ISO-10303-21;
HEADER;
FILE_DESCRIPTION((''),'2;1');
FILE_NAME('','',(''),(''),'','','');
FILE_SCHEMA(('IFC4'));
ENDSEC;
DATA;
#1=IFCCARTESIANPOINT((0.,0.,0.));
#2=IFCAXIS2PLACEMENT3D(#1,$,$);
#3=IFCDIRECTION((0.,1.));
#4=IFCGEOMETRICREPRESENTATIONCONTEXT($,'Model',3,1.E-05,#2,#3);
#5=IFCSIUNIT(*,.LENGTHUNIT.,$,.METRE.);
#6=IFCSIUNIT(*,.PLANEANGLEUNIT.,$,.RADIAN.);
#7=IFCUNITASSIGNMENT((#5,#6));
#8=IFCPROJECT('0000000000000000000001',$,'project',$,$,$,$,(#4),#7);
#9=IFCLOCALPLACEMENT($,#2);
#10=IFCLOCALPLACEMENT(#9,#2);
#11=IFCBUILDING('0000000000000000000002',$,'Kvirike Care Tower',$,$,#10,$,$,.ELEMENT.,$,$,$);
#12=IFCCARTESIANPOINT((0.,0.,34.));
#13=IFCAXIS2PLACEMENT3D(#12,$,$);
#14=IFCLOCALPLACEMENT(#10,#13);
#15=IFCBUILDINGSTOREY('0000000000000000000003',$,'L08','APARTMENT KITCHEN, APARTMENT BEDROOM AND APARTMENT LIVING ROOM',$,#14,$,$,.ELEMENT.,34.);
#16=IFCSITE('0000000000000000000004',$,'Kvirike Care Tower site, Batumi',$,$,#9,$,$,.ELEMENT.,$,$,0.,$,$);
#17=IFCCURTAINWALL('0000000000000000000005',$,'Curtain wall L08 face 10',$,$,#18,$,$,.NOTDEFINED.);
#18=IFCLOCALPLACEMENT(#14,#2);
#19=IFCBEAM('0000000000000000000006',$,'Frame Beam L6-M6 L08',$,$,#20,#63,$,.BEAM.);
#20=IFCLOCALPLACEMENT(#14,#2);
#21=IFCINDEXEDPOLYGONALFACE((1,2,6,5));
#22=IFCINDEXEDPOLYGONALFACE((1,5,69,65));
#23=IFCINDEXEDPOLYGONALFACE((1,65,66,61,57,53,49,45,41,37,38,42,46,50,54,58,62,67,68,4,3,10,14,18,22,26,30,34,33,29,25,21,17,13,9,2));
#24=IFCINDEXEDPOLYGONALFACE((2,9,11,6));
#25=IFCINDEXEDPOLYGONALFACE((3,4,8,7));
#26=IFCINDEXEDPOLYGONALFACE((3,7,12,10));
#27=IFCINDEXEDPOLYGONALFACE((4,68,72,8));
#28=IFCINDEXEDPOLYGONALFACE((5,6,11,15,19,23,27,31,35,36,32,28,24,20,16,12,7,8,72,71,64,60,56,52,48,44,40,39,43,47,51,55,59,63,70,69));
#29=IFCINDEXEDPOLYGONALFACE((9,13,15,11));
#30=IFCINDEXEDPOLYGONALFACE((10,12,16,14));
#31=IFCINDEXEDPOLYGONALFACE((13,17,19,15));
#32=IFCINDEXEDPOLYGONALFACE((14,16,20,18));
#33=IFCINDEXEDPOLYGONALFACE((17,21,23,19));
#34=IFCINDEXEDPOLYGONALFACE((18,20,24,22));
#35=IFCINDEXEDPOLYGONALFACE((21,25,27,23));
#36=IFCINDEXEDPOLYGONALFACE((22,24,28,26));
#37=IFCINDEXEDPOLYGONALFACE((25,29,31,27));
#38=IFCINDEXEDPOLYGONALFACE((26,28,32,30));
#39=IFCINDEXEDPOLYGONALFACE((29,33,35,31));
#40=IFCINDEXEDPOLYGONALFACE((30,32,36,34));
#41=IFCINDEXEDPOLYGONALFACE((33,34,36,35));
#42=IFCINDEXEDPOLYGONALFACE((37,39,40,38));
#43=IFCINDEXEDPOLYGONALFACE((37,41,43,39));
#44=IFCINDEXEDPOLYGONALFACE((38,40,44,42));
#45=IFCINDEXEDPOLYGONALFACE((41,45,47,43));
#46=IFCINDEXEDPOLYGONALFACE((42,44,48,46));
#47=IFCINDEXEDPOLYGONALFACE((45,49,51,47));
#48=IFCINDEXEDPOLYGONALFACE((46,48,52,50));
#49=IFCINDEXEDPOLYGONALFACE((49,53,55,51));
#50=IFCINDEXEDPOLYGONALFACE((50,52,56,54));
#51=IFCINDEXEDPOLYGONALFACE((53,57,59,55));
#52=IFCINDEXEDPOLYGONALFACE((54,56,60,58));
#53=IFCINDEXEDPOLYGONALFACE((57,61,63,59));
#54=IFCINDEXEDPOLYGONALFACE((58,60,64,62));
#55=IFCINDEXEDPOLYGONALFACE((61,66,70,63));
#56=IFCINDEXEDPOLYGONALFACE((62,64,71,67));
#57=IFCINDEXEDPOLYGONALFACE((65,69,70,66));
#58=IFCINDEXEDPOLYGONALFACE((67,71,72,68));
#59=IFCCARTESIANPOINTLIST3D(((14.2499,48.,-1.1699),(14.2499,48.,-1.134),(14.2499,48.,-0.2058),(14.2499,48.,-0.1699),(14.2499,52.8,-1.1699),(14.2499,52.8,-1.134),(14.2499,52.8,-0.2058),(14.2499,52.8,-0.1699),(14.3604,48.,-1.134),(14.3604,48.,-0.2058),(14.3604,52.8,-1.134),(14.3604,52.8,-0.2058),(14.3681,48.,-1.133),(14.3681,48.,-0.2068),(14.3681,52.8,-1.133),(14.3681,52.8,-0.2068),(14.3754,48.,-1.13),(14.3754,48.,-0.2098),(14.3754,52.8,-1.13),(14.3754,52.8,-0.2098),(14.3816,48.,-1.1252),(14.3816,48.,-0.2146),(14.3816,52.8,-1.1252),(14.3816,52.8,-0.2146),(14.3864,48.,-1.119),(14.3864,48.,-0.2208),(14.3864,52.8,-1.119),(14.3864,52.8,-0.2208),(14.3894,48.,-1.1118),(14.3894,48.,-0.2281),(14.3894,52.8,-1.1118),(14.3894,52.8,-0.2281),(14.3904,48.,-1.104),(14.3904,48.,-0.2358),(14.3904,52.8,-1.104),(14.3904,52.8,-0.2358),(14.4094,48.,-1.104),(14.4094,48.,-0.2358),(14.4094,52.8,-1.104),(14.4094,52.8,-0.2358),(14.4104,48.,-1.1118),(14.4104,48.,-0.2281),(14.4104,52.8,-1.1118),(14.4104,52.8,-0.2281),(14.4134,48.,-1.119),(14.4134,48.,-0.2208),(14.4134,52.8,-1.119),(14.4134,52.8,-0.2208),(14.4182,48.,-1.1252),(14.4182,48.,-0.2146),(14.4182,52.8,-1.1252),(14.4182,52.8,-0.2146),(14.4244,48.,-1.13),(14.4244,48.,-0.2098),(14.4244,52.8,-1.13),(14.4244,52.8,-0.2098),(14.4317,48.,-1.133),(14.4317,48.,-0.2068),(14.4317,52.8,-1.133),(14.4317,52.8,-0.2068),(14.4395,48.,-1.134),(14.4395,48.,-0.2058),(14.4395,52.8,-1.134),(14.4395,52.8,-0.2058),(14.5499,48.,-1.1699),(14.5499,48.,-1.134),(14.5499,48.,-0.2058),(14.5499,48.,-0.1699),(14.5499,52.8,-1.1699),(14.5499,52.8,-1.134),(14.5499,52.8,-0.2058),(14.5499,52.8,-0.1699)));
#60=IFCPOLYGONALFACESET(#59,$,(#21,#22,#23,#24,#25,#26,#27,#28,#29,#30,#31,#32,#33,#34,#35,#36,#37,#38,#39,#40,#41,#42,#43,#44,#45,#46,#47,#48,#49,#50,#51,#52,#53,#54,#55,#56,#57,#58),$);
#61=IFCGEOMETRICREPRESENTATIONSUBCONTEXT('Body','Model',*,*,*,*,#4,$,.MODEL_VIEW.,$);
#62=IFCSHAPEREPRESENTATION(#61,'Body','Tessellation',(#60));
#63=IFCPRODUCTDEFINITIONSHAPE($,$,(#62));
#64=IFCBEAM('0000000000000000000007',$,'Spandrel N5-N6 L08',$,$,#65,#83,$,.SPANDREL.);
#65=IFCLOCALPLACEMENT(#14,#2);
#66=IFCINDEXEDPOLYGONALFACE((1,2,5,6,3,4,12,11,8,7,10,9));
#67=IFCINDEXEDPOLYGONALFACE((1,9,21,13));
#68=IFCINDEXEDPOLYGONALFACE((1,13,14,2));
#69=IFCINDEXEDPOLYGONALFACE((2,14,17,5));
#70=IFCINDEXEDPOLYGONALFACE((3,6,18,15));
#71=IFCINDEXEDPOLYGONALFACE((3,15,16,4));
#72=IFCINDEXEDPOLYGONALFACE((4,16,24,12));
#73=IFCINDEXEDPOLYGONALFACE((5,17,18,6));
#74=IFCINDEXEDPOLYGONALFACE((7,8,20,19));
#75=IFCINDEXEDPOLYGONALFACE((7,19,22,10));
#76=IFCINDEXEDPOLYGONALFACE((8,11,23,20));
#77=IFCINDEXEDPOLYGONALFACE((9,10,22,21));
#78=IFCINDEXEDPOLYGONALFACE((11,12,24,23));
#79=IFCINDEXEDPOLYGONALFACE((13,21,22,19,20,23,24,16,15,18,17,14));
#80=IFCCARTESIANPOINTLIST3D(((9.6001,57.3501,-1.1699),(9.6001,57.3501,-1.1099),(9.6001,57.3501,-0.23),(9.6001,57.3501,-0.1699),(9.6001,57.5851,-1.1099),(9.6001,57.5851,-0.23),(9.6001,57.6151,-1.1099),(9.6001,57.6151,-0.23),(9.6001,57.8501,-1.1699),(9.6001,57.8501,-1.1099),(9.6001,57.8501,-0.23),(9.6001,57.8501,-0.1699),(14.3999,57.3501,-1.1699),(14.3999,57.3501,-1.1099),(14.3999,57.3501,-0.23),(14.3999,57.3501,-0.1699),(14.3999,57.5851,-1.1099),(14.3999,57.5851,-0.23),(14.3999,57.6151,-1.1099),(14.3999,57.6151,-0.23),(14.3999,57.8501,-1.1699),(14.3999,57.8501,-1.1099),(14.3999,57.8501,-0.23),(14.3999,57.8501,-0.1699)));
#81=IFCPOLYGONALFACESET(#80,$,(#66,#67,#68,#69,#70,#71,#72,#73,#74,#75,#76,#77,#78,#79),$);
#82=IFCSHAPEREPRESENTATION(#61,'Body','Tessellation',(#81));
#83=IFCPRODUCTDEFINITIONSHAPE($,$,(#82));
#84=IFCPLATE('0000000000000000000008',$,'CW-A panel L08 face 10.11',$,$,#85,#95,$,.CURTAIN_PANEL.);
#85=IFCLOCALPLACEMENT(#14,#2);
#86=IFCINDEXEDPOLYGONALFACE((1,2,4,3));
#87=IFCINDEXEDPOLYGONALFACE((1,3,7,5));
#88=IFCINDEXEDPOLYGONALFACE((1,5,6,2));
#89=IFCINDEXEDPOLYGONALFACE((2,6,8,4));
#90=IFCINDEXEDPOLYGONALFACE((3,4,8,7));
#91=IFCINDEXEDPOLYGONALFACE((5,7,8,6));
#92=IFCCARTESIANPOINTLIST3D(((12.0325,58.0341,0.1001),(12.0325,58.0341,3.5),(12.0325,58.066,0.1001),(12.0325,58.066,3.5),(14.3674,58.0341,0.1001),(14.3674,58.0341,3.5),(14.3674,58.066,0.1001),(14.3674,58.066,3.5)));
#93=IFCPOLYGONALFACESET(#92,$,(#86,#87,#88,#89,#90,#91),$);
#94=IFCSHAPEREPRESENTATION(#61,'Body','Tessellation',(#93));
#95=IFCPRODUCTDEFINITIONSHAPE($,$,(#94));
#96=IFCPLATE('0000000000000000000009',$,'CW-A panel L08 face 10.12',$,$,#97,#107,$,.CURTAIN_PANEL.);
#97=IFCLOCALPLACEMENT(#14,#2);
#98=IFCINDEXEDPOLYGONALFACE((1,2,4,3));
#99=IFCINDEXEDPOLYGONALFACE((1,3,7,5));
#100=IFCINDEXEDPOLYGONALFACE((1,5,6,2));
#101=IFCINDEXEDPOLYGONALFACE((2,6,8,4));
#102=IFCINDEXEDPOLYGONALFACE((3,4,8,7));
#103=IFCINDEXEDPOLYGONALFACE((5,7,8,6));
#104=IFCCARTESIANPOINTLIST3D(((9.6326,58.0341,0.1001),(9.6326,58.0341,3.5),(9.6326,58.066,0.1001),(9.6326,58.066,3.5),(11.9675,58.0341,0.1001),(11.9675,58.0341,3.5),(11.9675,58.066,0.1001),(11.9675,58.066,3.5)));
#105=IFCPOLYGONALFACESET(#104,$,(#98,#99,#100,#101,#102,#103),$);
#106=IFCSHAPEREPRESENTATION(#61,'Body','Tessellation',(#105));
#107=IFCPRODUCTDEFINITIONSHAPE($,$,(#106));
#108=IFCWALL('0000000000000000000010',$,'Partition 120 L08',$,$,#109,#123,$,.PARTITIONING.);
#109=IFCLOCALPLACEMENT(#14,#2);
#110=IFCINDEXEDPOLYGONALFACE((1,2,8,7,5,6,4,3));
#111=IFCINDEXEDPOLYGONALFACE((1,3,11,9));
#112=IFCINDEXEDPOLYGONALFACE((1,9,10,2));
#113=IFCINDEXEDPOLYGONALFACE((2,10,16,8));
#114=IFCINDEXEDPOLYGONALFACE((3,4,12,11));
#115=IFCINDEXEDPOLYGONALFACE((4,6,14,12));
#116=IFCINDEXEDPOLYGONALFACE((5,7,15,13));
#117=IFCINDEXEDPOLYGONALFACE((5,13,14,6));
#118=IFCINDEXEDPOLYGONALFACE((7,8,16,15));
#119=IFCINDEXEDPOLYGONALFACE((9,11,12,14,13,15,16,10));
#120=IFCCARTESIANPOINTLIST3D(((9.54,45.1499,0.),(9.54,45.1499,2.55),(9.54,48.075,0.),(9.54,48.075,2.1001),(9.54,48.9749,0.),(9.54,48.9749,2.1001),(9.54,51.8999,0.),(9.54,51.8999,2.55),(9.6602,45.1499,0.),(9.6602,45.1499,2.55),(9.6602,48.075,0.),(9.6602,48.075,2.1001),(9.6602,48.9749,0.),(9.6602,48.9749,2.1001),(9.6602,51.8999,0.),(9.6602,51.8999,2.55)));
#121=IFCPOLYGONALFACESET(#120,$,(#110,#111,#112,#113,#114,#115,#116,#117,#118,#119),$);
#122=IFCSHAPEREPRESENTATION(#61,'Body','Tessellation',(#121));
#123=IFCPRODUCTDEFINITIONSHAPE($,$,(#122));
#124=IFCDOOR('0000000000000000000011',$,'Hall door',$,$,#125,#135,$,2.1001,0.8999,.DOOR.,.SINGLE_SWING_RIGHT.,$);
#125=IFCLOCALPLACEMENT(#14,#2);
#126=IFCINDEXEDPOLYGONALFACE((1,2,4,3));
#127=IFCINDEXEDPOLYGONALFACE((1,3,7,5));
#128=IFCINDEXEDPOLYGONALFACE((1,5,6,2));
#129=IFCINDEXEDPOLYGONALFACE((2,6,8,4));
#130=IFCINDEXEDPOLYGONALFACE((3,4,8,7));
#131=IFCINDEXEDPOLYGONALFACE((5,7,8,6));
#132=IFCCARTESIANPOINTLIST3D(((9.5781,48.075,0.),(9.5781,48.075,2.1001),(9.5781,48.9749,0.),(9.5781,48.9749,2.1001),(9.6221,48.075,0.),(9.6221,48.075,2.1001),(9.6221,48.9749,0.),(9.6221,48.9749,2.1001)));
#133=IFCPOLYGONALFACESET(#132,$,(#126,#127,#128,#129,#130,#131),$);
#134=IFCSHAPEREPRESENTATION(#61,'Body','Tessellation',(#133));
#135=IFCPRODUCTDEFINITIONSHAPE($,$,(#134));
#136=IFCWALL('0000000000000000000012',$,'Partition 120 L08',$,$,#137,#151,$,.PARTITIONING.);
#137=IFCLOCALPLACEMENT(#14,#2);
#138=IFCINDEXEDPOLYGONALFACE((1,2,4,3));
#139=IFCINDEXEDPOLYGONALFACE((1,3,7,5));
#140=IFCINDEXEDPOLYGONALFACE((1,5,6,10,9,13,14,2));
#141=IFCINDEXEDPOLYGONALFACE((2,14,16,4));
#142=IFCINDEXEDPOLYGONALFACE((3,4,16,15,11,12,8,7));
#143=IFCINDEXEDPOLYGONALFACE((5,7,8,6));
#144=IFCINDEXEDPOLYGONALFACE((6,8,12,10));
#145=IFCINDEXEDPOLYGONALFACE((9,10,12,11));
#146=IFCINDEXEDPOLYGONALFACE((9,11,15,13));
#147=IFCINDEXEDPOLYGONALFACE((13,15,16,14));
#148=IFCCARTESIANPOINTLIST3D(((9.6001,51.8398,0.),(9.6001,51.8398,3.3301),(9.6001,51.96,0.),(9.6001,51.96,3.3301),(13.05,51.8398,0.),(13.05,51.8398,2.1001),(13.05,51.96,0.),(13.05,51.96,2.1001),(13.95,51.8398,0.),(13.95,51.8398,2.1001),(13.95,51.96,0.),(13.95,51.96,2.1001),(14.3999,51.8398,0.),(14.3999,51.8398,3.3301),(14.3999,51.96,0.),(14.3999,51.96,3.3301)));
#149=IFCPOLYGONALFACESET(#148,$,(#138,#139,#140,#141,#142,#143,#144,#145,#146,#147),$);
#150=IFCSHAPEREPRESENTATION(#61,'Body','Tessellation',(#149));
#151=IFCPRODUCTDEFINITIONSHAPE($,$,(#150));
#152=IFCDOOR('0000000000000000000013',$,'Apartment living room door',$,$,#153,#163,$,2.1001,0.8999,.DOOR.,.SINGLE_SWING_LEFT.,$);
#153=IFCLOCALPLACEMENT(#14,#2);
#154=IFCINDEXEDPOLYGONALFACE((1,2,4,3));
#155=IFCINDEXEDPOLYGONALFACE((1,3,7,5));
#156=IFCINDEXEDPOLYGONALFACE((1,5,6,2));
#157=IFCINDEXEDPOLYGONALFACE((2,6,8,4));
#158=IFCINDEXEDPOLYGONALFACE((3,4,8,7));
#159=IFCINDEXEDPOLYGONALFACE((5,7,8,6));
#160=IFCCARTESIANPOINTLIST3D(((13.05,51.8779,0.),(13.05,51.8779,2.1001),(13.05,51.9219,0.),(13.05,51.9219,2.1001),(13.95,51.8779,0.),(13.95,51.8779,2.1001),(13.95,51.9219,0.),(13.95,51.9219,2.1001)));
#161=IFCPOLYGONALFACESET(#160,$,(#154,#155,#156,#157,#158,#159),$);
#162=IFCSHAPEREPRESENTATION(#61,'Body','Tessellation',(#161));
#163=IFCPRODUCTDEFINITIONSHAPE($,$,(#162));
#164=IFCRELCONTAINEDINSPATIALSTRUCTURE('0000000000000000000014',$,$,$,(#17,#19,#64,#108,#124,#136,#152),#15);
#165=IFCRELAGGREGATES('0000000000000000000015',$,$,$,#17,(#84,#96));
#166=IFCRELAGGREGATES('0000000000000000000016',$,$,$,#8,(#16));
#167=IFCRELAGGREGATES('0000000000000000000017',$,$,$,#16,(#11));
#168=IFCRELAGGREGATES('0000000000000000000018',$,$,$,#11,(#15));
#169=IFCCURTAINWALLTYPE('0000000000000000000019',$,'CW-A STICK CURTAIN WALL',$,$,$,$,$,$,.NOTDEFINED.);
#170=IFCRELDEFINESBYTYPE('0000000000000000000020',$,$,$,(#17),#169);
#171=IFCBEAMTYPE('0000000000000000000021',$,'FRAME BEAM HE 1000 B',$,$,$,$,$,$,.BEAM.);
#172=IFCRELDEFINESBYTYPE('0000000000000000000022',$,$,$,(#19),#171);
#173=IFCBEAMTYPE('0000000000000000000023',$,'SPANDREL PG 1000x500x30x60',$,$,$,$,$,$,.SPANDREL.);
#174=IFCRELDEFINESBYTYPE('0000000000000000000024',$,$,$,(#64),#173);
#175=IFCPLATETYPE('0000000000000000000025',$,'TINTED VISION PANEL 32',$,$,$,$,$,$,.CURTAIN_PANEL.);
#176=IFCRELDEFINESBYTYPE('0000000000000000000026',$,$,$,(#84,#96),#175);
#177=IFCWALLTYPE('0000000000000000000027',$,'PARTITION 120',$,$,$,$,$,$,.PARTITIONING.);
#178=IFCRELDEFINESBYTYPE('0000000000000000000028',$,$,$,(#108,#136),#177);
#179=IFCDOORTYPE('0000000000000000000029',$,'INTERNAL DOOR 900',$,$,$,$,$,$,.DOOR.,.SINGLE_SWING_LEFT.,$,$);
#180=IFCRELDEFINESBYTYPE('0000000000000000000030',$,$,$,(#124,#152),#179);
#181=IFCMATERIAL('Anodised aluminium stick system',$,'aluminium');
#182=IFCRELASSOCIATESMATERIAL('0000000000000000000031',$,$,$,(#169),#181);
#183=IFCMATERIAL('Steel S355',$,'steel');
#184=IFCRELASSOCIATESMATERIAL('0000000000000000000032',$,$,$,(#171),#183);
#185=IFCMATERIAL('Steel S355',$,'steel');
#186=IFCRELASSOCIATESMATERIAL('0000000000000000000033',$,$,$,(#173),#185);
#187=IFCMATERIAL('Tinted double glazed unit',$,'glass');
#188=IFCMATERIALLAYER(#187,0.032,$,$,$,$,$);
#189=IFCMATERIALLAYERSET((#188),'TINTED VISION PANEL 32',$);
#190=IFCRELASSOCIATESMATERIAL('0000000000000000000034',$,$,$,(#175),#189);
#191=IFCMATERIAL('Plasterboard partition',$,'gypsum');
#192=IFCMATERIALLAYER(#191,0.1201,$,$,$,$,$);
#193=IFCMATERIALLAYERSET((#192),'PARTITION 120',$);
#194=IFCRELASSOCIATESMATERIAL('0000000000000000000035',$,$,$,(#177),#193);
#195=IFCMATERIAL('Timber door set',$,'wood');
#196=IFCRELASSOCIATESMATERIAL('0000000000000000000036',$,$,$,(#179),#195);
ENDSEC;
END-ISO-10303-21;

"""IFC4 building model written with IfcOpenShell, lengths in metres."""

from ifc_helpers import new_model, si_unit, direction, frame, frame_2d, origin, origin_2d, place, context, subcontext, project, spatial, rectangle, i_section, extrude, material, layer, layer_set, material_profile, profile_set, type_object, element, fill, aggregate, save


model = new_model("IFC4")

# Units and contexts
model_context = context("Model", 3, precision=1e-05, world=origin(), true_north=direction((0.0, 1.0)))
body_context = subcontext(model_context, "Body", "Model", "MODEL_VIEW")
ifc_project = project(units=[si_unit("LENGTHUNIT", "METRE"), si_unit("PLANEANGLEUNIT", "RADIAN")], contexts=[model_context])

# Site, building, storey
site_placement = place(None, origin())
site = spatial("IfcSite", under=ifc_project, at=site_placement, Name="Kvirike Care Tower site, Batumi", CompositionType="ELEMENT", RefElevation=0.0)
building_placement = place(site_placement, origin())
building = spatial("IfcBuilding", under=site, at=building_placement, Name="Kvirike Care Tower", CompositionType="ELEMENT")
storey_placement = place(building_placement, frame((0.0, 0.0, 34.0)))
storey = spatial("IfcBuildingStorey", under=building, at=storey_placement, Name="L08", Description="APARTMENT KITCHEN, APARTMENT BEDROOM AND APARTMENT LIVING ROOM", CompositionType="ELEMENT", Elevation=34.0)

# Curtain wall
ifc_material_1 = material(Name="Anodised aluminium stick system", Category="aluminium")
curtain_wall_type = type_object("IfcCurtainWallType", Name="CW-A STICK CURTAIN WALL", PredefinedType="NOTDEFINED", material=ifc_material_1)
curtain_wall_placement = place(storey_placement, origin())
curtain_wall = element("IfcCurtainWall", 1, at=curtain_wall_placement, inside=storey, type_object=curtain_wall_type, Name="Curtain wall L08 face 10", PredefinedType="NOTDEFINED")

# Beams
ifc_material_2 = material(Name="Steel S355", Category="steel")
ifc_material_profile_1 = material_profile(ifc_material_2, i_section(OverallWidth=0.3, OverallDepth=1.0, WebThickness=0.019, FlangeThickness=0.0359, FilletRadius=0.03, at=origin_2d()), Name="HE 1000 B")
ifc_profile_set_1 = profile_set([ifc_material_profile_1], Name="Steel S355")
beam_type_1 = type_object("IfcBeamType", Name="FRAME BEAM HE 1000 B", PredefinedType="BEAM", material=ifc_profile_set_1)
beam_1_placement = place(storey_placement, frame((14.3999, 48.0, -0.6699), z_axis=(0.0, 1.0, 0.0), x_axis=(-1.0, 0.0, 0.0)))
element("IfcBeam", 2, at=beam_1_placement, inside=storey, type_object=beam_type_1, Name="Frame Beam L6-M6 L08", PredefinedType="BEAM", context=body_context, shape_type="SweptSolid", body=[
    extrude(i_section(OverallWidth=0.3, OverallDepth=1.0, WebThickness=0.019, FlangeThickness=0.0359, FilletRadius=0.03, at=origin_2d()), origin(), (0.0, 0.0, 1.0), 4.8),
])
ifc_material_3 = material(Name="Steel S355", Category="steel")
ifc_material_profile_2 = material_profile(ifc_material_3, i_section(OverallWidth=0.5, OverallDepth=1.0, WebThickness=0.03, FlangeThickness=0.0601, at=origin_2d()), Name="PG 1000x500x30x60")
ifc_profile_set_2 = profile_set([ifc_material_profile_2], Name="Steel S355")
beam_type_2 = type_object("IfcBeamType", Name="SPANDREL PG 1000x500x30x60", PredefinedType="SPANDREL", material=ifc_profile_set_2)
beam_2_placement = place(storey_placement, frame((9.6001, 57.6001, -0.6699), z_axis=(1.0, 0.0, 0.0), x_axis=(0.0, 1.0, 0.0)))
element("IfcBeam", 3, at=beam_2_placement, inside=storey, type_object=beam_type_2, Name="Spandrel N5-N6 L08", PredefinedType="SPANDREL", context=body_context, shape_type="SweptSolid", body=[
    extrude(i_section(OverallWidth=0.5, OverallDepth=1.0, WebThickness=0.03, FlangeThickness=0.0601, at=origin_2d()), origin(), (0.0, 0.0, 1.0), 4.7998),
])

# Plates
ifc_material_4 = material(Name="Tinted double glazed unit", Category="glass")
ifc_layer_1 = layer(ifc_material_4, 0.032)
ifc_layer_set_1 = layer_set([ifc_layer_1], Name="TINTED VISION PANEL 32")
plate_type = type_object("IfcPlateType", Name="TINTED VISION PANEL 32", PredefinedType="CURTAIN_PANEL", material=ifc_layer_set_1)
plate_1_placement = place(storey_placement, frame((13.2, 58.05, 0.1001), z_axis=(0.0, 0.0, 1.0), x_axis=(-1.0, 0.0, 0.0)))
plate_1 = element("IfcPlate", 4, at=plate_1_placement, type_object=plate_type, Name="CW-A panel L08 face 10.11", PredefinedType="CURTAIN_PANEL", context=body_context, shape_type="SweptSolid", body=[
    extrude(rectangle(XDim=2.335, YDim=0.032, at=origin_2d()), origin(), (0.0, 0.0, 1.0), 3.3999),
])
plate_2_placement = place(storey_placement, frame((10.8, 58.05, 0.1001), z_axis=(0.0, 0.0, 1.0), x_axis=(-1.0, 0.0, 0.0)))
plate_2 = element("IfcPlate", 5, at=plate_2_placement, type_object=plate_type, Name="CW-A panel L08 face 10.12", PredefinedType="CURTAIN_PANEL", context=body_context, shape_type="SweptSolid", body=[
    extrude(rectangle(XDim=2.335, YDim=0.032, at=origin_2d()), origin(), (0.0, 0.0, 1.0), 3.3999),
])
aggregate(curtain_wall, [plate_1, plate_2])

# Walls, openings, doors
ifc_material_5 = material(Name="Plasterboard partition", Category="gypsum")
ifc_layer_2 = layer(ifc_material_5, 0.1201)
ifc_layer_set_2 = layer_set([ifc_layer_2], Name="PARTITION 120")
wall_type_1 = type_object("IfcWallType", Name="PARTITION 120", PredefinedType="PARTITIONING", material=ifc_layer_set_2)
wall_1_placement = place(storey_placement, frame((9.6001, 51.8999, 0.0), z_axis=(0.0, 0.0, 1.0), x_axis=(0.0, -1.0, 0.0)))
wall_1 = element("IfcWall", 6, at=wall_1_placement, inside=storey, type_object=wall_type_1, Name="Partition 120 L08", PredefinedType="PARTITIONING", context=body_context, shape_type="SweptSolid", body=[
    extrude(rectangle(XDim=6.75, YDim=0.1201, at=frame_2d((3.375, 0.0))), origin(), (0.0, 0.0, 1.0), 2.55),
])
opening_1_placement = place(wall_1_placement, frame((2.925, 0.0, 0.0)))
opening_1 = element("IfcOpeningElement", 7, at=opening_1_placement, cuts=wall_1, PredefinedType="OPENING", context=body_context, shape_type="SweptSolid", body=[
    extrude(rectangle(XDim=0.8999, YDim=2.1001, at=frame_2d((0.45, 1.05))), frame((0.0, 0.0706, 0.0), z_axis=(0.0, -1.0, 0.0), x_axis=(1.0, 0.0, 0.0)), (0.0, 0.0, 1.0), 0.1411),
])
ifc_material_6 = material(Name="Timber door set", Category="wood")
door_type = type_object("IfcDoorType", Name="INTERNAL DOOR 900", OperationType="SINGLE_SWING_LEFT", PredefinedType="DOOR", material=ifc_material_6)
door_1_placement = place(opening_1_placement, frame((0.8999, 0.0, 0.0), z_axis=(0.0, 0.0, 1.0), x_axis=(-1.0, 0.0, 0.0)))
door_1 = element("IfcDoor", 8, at=door_1_placement, inside=storey, type_object=door_type, Name="Hall door", OperationType="SINGLE_SWING_RIGHT", OverallHeight=2.1001, OverallWidth=0.8999, PredefinedType="DOOR", context=body_context, shape_type="SweptSolid", body=[
    extrude(rectangle(XDim=0.8999, YDim=2.1001, at=frame_2d((0.45, 1.05))), frame((0.0, 0.022, 0.0), z_axis=(0.0, -1.0, 0.0), x_axis=(1.0, 0.0, 0.0)), (0.0, 0.0, 1.0), 0.0439),
])
fill(opening_1, door_1)
wall_2_placement = place(storey_placement, frame((14.3999, 51.8999, 0.0), z_axis=(0.0, 0.0, 1.0), x_axis=(-1.0, 0.0, 0.0)))
wall_2 = element("IfcWall", 9, at=wall_2_placement, inside=storey, type_object=wall_type_1, Name="Partition 120 L08", PredefinedType="PARTITIONING", context=body_context, shape_type="SweptSolid", body=[
    extrude(rectangle(XDim=4.7998, YDim=0.1201, at=frame_2d((2.3999, 0.0))), origin(), (0.0, 0.0, 1.0), 3.3301),
])
opening_2_placement = place(wall_2_placement, frame((0.45, 0.0, 0.0)))
opening_2 = element("IfcOpeningElement", 10, at=opening_2_placement, cuts=wall_2, PredefinedType="OPENING", context=body_context, shape_type="SweptSolid", body=[
    extrude(rectangle(XDim=0.8999, YDim=2.1001, at=frame_2d((0.45, 1.05))), frame((0.0, 0.0706, 0.0), z_axis=(0.0, -1.0, 0.0), x_axis=(1.0, 0.0, 0.0)), (0.0, 0.0, 1.0), 0.1411),
])
door_2_placement = place(opening_2_placement, frame((0.8999, 0.0, 0.0), z_axis=(0.0, 0.0, 1.0), x_axis=(-1.0, 0.0, 0.0)))
door_2 = element("IfcDoor", 11, at=door_2_placement, inside=storey, type_object=door_type, Name="Apartment living room door", OperationType="SINGLE_SWING_LEFT", OverallHeight=2.1001, OverallWidth=0.8999, PredefinedType="DOOR", context=body_context, shape_type="SweptSolid", body=[
    extrude(rectangle(XDim=0.8999, YDim=2.1001, at=frame_2d((0.45, 1.05))), frame((0.0, 0.022, 0.0), z_axis=(0.0, -1.0, 0.0), x_axis=(1.0, 0.0, 0.0)), (0.0, 0.0, 1.0), 0.0439),
])
fill(opening_2, door_2)

save(model, "model.ifc")
